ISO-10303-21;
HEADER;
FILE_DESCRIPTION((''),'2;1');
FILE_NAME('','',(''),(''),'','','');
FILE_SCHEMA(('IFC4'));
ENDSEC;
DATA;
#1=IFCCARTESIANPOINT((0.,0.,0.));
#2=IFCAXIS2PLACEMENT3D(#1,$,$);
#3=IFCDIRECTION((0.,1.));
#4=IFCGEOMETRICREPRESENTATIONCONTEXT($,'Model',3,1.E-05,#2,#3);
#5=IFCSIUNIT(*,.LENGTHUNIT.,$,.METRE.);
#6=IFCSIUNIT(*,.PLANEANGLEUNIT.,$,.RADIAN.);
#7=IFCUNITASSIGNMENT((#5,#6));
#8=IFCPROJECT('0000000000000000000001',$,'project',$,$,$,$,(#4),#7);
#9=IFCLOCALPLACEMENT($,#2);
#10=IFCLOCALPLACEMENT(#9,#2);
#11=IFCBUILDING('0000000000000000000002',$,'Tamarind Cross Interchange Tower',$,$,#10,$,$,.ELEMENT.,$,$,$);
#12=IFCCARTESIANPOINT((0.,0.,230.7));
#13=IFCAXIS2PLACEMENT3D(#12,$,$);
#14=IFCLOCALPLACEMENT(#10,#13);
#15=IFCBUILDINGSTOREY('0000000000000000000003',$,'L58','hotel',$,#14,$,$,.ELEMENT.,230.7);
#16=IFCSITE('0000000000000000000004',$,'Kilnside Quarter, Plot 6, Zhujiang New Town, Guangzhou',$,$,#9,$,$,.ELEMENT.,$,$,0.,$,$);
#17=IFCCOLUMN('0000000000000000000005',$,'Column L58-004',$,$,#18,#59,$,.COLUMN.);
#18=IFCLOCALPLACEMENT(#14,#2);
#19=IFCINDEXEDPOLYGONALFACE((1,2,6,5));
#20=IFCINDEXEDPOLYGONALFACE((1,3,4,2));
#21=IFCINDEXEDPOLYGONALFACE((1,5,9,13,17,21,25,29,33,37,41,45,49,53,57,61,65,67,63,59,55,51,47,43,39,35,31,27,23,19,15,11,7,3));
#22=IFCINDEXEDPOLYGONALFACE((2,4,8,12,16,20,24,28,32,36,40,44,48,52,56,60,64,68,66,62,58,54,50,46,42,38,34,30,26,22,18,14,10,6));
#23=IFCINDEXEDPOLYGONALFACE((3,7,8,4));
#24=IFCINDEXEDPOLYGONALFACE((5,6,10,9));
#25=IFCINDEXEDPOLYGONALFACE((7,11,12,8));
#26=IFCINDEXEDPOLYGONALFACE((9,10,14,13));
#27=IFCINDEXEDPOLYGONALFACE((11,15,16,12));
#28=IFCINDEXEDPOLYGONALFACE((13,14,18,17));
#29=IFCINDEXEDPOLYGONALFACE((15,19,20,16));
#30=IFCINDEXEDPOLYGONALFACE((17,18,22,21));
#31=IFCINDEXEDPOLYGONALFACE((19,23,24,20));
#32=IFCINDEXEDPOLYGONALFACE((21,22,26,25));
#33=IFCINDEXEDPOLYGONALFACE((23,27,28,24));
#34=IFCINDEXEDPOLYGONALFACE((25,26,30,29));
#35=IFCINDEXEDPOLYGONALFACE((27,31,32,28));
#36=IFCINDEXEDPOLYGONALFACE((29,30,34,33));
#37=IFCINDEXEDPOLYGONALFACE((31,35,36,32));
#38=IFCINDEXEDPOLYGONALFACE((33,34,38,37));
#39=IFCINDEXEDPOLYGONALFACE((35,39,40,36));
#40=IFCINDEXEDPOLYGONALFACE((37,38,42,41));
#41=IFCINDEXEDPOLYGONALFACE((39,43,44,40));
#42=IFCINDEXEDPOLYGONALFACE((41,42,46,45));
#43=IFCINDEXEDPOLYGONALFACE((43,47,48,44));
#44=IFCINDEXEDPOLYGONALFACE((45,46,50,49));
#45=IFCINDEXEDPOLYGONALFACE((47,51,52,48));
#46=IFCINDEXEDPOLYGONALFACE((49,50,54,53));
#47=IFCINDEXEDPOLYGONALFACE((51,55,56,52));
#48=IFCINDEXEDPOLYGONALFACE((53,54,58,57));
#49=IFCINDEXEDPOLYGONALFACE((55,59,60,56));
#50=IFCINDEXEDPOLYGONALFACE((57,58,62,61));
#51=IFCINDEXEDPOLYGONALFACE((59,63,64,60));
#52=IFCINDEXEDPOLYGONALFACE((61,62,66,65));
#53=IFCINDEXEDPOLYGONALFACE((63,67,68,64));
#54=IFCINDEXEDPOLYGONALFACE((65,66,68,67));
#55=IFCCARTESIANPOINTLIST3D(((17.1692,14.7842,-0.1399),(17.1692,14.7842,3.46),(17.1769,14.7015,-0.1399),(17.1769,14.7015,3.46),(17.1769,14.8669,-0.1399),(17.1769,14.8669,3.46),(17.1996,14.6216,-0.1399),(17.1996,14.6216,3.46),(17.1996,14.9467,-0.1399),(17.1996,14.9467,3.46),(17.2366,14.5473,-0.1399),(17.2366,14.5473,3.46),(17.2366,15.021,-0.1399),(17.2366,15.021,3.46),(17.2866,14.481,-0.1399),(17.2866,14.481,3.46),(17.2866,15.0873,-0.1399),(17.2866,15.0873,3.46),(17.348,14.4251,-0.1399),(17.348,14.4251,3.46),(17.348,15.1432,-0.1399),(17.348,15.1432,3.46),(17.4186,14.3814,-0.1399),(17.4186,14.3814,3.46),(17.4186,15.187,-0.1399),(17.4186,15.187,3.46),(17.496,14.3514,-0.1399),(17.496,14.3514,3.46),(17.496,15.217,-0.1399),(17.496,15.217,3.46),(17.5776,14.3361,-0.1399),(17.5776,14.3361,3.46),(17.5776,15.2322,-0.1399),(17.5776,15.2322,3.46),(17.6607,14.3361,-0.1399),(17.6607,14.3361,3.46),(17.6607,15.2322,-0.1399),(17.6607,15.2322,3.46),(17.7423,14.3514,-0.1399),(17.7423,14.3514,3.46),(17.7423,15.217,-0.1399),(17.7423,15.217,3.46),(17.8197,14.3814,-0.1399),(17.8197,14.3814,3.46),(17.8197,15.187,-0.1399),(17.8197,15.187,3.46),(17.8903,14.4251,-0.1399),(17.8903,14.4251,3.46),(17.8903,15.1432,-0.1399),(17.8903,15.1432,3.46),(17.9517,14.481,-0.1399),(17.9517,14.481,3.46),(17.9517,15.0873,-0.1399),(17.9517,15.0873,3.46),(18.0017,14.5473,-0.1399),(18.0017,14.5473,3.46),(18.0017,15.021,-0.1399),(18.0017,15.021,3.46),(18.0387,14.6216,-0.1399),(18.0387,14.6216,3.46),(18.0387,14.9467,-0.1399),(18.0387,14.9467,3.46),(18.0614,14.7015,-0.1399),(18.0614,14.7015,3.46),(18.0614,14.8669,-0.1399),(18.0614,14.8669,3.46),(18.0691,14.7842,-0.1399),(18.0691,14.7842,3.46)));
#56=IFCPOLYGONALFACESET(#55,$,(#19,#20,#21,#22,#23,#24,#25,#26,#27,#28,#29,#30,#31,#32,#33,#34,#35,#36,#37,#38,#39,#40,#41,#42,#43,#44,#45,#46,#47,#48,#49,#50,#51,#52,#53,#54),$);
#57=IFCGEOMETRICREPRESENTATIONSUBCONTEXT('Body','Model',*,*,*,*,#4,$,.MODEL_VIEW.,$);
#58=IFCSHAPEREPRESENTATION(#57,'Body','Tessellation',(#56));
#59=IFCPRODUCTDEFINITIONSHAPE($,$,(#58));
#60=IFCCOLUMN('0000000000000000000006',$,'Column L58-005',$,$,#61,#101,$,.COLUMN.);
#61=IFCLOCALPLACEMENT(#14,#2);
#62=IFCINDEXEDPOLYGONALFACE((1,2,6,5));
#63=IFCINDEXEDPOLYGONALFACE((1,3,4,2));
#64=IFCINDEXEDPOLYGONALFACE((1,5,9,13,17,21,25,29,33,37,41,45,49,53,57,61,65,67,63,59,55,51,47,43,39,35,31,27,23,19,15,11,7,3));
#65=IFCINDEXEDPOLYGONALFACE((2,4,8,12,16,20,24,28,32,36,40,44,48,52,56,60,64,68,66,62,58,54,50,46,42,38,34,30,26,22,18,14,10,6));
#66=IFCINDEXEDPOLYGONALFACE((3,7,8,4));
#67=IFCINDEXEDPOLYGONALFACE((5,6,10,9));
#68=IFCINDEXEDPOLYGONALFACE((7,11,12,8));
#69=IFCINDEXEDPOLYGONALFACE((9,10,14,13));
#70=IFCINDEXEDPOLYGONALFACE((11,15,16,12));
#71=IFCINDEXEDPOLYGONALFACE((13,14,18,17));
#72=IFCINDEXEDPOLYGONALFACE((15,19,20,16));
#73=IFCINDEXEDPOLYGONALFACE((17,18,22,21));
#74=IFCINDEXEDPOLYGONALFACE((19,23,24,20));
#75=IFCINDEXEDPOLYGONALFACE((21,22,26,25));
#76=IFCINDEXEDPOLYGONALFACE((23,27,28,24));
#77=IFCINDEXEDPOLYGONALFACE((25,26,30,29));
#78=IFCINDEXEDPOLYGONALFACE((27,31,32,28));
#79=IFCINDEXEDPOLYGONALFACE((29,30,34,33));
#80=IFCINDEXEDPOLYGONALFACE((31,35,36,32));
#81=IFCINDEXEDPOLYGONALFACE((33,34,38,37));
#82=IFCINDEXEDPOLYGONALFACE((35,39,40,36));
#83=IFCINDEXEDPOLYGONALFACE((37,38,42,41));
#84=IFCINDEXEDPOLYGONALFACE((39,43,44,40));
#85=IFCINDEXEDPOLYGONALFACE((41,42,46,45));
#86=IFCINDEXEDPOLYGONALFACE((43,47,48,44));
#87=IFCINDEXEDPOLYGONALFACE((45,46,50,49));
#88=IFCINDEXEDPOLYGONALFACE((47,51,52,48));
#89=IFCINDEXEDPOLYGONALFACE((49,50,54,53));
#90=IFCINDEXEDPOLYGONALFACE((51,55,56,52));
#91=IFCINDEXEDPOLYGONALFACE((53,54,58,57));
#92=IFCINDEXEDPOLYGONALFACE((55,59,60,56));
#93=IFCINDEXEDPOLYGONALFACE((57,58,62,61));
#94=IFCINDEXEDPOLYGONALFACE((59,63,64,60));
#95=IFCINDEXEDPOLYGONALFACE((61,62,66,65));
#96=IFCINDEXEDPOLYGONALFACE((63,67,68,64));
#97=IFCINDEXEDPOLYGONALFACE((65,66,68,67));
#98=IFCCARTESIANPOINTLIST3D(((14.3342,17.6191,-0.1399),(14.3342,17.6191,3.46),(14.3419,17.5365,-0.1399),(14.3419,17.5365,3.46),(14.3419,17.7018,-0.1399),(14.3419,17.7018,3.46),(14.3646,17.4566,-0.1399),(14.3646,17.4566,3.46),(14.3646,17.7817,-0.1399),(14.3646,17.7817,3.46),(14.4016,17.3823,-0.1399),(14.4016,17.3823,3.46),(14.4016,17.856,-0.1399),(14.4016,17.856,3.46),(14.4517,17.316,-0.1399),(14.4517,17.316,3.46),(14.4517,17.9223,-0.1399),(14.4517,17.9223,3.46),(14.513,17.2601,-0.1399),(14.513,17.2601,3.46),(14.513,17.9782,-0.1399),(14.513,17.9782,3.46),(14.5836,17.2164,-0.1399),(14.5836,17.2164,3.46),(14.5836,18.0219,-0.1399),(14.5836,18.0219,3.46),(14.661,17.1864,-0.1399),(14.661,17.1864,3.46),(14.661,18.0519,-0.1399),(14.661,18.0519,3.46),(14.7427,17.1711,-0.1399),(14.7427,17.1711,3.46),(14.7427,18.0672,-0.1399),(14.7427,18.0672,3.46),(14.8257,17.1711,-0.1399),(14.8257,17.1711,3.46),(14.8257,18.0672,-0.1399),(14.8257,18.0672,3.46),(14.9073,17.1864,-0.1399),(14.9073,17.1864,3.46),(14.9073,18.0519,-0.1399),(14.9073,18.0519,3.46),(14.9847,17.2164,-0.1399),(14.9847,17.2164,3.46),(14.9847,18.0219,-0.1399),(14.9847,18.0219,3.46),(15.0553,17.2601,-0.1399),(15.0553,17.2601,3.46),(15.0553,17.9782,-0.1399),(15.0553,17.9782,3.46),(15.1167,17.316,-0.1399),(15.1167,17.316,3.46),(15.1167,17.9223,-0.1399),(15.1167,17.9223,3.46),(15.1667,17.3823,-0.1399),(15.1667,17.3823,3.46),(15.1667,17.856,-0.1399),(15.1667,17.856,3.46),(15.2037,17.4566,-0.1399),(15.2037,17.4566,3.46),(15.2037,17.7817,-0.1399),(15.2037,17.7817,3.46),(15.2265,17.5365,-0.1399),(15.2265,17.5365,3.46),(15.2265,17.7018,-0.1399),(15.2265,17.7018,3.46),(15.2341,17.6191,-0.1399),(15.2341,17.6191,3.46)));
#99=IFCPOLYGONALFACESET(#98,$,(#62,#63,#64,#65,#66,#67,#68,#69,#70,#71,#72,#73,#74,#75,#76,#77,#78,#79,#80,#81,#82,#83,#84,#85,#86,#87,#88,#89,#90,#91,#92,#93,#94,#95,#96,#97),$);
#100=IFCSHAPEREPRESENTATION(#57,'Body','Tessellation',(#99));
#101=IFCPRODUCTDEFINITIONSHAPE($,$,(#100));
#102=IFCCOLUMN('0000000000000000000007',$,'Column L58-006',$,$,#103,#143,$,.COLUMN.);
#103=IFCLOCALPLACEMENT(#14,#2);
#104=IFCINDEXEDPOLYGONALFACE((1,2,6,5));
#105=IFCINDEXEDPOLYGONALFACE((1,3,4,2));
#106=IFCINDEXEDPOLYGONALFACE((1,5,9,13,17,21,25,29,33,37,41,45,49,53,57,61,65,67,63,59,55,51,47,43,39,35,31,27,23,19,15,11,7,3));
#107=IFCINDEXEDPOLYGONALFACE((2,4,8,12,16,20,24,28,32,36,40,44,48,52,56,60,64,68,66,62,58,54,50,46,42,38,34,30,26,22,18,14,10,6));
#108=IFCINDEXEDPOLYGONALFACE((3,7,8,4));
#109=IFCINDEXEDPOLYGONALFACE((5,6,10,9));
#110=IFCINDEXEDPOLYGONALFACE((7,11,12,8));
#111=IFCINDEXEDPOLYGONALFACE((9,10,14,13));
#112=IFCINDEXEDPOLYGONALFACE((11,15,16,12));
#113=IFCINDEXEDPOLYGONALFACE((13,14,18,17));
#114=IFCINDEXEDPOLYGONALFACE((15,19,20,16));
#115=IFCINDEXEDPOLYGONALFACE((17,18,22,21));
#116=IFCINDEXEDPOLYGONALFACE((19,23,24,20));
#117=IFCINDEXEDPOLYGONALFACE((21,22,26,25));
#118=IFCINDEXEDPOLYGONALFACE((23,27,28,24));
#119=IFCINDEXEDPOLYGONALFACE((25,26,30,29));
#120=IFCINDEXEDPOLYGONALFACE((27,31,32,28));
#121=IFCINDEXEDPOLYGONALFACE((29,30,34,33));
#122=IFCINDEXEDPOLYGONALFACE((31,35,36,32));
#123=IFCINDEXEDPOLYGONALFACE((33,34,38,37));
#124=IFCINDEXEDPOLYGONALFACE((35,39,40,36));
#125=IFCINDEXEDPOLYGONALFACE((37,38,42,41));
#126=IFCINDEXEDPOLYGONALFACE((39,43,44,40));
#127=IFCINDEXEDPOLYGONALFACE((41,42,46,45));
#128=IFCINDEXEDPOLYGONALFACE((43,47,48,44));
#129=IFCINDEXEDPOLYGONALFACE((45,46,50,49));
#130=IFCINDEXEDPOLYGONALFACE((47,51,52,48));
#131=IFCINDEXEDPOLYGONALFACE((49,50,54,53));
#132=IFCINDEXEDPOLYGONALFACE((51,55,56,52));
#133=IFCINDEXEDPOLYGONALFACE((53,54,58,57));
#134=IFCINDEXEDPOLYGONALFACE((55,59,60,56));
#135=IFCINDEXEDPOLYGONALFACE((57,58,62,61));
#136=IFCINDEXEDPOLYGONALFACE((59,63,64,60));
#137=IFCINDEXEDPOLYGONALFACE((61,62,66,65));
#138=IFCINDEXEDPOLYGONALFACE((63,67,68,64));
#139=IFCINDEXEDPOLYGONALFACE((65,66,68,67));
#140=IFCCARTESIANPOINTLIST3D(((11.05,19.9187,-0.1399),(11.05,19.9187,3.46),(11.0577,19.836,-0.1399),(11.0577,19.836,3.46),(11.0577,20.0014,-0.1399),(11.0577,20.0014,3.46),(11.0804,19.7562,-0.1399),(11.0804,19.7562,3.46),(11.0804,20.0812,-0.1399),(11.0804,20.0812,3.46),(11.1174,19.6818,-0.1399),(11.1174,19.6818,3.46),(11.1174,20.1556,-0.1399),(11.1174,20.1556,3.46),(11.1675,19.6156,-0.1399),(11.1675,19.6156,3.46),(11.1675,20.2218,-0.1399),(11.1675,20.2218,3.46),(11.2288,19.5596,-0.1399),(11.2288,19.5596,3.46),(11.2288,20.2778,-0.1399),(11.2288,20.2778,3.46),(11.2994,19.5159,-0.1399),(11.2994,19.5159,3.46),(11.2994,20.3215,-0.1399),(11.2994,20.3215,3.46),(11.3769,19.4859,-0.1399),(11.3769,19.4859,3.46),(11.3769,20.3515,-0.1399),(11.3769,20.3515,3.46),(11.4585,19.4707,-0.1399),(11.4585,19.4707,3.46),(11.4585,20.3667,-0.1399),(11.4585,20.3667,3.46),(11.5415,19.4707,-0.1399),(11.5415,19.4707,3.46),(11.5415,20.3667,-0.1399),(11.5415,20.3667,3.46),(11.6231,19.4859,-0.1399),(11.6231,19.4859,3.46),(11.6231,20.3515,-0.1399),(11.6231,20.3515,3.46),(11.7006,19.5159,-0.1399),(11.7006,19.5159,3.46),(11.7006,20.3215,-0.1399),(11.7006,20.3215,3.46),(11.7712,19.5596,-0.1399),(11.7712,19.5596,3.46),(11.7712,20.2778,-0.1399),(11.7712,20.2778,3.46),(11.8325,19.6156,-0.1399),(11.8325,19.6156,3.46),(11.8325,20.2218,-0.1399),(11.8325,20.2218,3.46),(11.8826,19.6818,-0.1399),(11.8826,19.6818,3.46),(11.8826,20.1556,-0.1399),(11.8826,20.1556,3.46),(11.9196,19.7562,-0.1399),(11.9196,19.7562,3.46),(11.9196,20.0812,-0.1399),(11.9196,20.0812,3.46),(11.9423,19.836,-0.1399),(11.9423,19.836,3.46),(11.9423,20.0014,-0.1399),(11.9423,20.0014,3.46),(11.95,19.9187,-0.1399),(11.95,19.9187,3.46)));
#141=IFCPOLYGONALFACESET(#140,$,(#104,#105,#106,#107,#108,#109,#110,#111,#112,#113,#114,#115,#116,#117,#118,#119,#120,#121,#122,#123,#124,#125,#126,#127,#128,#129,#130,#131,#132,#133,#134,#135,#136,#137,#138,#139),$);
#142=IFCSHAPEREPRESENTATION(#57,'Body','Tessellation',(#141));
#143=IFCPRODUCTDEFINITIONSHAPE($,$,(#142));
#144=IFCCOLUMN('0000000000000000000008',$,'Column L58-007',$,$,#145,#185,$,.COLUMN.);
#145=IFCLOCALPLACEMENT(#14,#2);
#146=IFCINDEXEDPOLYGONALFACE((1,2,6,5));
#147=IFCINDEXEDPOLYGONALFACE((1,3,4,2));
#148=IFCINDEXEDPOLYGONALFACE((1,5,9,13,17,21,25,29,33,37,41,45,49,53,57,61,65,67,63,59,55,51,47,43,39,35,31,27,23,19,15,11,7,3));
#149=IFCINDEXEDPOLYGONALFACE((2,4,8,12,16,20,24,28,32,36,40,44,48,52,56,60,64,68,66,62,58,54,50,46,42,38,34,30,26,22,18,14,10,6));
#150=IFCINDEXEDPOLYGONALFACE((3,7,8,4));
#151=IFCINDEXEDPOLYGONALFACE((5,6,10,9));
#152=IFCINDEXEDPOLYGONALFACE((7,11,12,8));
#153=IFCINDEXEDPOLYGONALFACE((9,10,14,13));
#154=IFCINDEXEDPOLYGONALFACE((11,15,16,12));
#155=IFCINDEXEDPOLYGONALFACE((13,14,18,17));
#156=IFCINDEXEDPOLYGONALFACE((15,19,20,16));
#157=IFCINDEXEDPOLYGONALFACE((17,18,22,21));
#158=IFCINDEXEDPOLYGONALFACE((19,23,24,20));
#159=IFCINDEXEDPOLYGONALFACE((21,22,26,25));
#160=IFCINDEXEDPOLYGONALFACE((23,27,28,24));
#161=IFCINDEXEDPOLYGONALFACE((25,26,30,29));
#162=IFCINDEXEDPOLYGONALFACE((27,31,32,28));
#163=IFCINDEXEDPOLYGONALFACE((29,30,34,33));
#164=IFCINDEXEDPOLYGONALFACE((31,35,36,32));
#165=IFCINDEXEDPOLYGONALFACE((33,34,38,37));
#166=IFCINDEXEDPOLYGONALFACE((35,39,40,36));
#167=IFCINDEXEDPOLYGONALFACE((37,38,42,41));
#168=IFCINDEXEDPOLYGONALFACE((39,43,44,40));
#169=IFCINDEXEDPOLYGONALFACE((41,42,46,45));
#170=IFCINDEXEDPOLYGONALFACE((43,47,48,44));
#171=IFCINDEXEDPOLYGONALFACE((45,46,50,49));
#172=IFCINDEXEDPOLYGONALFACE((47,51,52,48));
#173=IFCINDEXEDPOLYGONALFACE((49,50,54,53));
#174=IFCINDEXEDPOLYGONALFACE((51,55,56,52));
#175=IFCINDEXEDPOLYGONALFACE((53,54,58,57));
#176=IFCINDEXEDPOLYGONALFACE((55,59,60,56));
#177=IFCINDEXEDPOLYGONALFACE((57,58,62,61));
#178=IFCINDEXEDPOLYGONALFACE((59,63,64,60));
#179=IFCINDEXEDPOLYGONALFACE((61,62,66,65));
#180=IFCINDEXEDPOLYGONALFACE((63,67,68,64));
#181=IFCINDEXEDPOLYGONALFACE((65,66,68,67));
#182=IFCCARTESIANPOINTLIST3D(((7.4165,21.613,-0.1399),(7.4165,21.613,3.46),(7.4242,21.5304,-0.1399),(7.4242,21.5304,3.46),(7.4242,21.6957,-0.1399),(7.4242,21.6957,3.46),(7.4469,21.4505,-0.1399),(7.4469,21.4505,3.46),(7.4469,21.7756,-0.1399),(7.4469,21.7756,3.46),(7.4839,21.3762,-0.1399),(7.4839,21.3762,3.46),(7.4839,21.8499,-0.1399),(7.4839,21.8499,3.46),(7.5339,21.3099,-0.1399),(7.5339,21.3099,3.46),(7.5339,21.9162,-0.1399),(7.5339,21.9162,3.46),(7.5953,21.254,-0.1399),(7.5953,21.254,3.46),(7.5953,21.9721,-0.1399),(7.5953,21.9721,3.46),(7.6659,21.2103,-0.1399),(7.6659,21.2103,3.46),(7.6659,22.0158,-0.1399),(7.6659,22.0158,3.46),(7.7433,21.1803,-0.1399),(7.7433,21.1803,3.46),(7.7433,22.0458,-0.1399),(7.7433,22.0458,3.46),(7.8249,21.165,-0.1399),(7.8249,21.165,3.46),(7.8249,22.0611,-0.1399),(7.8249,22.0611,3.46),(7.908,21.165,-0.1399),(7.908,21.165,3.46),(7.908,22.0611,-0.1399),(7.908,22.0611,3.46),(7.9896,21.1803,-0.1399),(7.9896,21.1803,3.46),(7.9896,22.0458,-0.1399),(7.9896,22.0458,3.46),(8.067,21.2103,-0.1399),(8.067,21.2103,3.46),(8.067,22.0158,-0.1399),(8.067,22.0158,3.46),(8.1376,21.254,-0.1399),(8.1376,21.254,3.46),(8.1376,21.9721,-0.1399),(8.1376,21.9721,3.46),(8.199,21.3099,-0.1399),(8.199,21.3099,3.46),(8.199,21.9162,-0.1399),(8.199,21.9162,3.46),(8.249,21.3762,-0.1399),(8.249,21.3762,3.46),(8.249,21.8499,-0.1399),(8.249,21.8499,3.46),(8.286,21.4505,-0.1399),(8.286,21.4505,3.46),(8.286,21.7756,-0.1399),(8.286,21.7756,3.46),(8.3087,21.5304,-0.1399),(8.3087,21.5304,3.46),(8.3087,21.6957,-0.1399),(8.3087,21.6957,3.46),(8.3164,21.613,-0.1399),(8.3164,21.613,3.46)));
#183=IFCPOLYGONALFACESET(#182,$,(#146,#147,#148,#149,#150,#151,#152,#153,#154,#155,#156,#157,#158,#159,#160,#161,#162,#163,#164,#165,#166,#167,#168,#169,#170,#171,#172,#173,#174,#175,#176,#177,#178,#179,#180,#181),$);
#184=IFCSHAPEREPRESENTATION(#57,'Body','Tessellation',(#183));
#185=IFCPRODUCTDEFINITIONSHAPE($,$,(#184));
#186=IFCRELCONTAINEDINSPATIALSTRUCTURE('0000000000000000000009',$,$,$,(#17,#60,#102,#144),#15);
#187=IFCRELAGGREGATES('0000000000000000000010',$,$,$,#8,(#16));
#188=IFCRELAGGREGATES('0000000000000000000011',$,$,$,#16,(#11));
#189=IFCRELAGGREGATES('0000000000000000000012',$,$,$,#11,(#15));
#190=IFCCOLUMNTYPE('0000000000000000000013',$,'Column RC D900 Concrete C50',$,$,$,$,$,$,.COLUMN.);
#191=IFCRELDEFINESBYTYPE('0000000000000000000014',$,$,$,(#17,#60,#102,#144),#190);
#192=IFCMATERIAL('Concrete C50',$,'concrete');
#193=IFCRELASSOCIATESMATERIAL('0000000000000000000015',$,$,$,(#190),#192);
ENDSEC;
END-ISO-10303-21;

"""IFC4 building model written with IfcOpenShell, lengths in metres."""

from ifc_helpers import new_model, si_unit, direction, frame, origin, origin_2d, place, context, subcontext, project, spatial, circle, extrude, material, material_profile, profile_set, type_object, element, save


model = new_model("IFC4")

# Units and contexts
model_context = context("Model", 3, precision=1e-05, world=origin(), true_north=direction((0.0, 1.0)))
body_context = subcontext(model_context, "Body", "Model", "MODEL_VIEW")
ifc_project = project(units=[si_unit("LENGTHUNIT", "METRE"), si_unit("PLANEANGLEUNIT", "RADIAN")], contexts=[model_context])

# Site, building, storey
site_placement = place(None, origin())
site = spatial("IfcSite", under=ifc_project, at=site_placement, Name="Kilnside Quarter, Plot 6, Zhujiang New Town, Guangzhou", CompositionType="ELEMENT", RefElevation=0.0)
building_placement = place(site_placement, origin())
building = spatial("IfcBuilding", under=site, at=building_placement, Name="Tamarind Cross Interchange Tower", CompositionType="ELEMENT")
storey_placement = place(building_placement, frame((0.0, 0.0, 230.7)))
storey = spatial("IfcBuildingStorey", under=building, at=storey_placement, Name="L58", Description="hotel", CompositionType="ELEMENT", Elevation=230.7)

# Columns
ifc_material_1 = material(Name="Concrete C50", Category="concrete")
ifc_material_profile_1 = material_profile(ifc_material_1, circle(Radius=0.45, at=origin_2d()), Name="RC D900")
ifc_profile_set_1 = profile_set([ifc_material_profile_1], Name="Concrete C50")
column_type = type_object("IfcColumnType", Name="Column RC D900 Concrete C50", PredefinedType="COLUMN", material=ifc_profile_set_1)
for number, where, z_axis, x_axis, name in (
    (1, (17.6191, 14.7842, -0.1399), (0.0, 0.0, 1.0), (1.0, 0.0, 0.0), "Column L58-004"),
    (2, (14.7842, 17.6191, -0.1399), (0.0, 0.0, 1.0), (1.0, 0.0, 0.0), "Column L58-005"),
    (3, (11.5, 19.9187, -0.1399), (0.0, 0.0, 1.0), (1.0, 0.0, 0.0), "Column L58-006"),
    (4, (7.8665, 21.613, -0.1399), (0.0, 0.0, 1.0), (1.0, 0.0, 0.0), "Column L58-007"),
):
    element("IfcColumn", number, at=place(storey_placement, frame(where, z_axis=z_axis, x_axis=x_axis)), inside=storey, type_object=column_type, Name=name, PredefinedType="COLUMN", context=body_context, shape_type="SweptSolid", body=[
        extrude(circle(Radius=0.45, at=origin_2d()), origin(), (0.0, 0.0, 1.0), 3.5999),
    ])

save(model, "model.ifc")
